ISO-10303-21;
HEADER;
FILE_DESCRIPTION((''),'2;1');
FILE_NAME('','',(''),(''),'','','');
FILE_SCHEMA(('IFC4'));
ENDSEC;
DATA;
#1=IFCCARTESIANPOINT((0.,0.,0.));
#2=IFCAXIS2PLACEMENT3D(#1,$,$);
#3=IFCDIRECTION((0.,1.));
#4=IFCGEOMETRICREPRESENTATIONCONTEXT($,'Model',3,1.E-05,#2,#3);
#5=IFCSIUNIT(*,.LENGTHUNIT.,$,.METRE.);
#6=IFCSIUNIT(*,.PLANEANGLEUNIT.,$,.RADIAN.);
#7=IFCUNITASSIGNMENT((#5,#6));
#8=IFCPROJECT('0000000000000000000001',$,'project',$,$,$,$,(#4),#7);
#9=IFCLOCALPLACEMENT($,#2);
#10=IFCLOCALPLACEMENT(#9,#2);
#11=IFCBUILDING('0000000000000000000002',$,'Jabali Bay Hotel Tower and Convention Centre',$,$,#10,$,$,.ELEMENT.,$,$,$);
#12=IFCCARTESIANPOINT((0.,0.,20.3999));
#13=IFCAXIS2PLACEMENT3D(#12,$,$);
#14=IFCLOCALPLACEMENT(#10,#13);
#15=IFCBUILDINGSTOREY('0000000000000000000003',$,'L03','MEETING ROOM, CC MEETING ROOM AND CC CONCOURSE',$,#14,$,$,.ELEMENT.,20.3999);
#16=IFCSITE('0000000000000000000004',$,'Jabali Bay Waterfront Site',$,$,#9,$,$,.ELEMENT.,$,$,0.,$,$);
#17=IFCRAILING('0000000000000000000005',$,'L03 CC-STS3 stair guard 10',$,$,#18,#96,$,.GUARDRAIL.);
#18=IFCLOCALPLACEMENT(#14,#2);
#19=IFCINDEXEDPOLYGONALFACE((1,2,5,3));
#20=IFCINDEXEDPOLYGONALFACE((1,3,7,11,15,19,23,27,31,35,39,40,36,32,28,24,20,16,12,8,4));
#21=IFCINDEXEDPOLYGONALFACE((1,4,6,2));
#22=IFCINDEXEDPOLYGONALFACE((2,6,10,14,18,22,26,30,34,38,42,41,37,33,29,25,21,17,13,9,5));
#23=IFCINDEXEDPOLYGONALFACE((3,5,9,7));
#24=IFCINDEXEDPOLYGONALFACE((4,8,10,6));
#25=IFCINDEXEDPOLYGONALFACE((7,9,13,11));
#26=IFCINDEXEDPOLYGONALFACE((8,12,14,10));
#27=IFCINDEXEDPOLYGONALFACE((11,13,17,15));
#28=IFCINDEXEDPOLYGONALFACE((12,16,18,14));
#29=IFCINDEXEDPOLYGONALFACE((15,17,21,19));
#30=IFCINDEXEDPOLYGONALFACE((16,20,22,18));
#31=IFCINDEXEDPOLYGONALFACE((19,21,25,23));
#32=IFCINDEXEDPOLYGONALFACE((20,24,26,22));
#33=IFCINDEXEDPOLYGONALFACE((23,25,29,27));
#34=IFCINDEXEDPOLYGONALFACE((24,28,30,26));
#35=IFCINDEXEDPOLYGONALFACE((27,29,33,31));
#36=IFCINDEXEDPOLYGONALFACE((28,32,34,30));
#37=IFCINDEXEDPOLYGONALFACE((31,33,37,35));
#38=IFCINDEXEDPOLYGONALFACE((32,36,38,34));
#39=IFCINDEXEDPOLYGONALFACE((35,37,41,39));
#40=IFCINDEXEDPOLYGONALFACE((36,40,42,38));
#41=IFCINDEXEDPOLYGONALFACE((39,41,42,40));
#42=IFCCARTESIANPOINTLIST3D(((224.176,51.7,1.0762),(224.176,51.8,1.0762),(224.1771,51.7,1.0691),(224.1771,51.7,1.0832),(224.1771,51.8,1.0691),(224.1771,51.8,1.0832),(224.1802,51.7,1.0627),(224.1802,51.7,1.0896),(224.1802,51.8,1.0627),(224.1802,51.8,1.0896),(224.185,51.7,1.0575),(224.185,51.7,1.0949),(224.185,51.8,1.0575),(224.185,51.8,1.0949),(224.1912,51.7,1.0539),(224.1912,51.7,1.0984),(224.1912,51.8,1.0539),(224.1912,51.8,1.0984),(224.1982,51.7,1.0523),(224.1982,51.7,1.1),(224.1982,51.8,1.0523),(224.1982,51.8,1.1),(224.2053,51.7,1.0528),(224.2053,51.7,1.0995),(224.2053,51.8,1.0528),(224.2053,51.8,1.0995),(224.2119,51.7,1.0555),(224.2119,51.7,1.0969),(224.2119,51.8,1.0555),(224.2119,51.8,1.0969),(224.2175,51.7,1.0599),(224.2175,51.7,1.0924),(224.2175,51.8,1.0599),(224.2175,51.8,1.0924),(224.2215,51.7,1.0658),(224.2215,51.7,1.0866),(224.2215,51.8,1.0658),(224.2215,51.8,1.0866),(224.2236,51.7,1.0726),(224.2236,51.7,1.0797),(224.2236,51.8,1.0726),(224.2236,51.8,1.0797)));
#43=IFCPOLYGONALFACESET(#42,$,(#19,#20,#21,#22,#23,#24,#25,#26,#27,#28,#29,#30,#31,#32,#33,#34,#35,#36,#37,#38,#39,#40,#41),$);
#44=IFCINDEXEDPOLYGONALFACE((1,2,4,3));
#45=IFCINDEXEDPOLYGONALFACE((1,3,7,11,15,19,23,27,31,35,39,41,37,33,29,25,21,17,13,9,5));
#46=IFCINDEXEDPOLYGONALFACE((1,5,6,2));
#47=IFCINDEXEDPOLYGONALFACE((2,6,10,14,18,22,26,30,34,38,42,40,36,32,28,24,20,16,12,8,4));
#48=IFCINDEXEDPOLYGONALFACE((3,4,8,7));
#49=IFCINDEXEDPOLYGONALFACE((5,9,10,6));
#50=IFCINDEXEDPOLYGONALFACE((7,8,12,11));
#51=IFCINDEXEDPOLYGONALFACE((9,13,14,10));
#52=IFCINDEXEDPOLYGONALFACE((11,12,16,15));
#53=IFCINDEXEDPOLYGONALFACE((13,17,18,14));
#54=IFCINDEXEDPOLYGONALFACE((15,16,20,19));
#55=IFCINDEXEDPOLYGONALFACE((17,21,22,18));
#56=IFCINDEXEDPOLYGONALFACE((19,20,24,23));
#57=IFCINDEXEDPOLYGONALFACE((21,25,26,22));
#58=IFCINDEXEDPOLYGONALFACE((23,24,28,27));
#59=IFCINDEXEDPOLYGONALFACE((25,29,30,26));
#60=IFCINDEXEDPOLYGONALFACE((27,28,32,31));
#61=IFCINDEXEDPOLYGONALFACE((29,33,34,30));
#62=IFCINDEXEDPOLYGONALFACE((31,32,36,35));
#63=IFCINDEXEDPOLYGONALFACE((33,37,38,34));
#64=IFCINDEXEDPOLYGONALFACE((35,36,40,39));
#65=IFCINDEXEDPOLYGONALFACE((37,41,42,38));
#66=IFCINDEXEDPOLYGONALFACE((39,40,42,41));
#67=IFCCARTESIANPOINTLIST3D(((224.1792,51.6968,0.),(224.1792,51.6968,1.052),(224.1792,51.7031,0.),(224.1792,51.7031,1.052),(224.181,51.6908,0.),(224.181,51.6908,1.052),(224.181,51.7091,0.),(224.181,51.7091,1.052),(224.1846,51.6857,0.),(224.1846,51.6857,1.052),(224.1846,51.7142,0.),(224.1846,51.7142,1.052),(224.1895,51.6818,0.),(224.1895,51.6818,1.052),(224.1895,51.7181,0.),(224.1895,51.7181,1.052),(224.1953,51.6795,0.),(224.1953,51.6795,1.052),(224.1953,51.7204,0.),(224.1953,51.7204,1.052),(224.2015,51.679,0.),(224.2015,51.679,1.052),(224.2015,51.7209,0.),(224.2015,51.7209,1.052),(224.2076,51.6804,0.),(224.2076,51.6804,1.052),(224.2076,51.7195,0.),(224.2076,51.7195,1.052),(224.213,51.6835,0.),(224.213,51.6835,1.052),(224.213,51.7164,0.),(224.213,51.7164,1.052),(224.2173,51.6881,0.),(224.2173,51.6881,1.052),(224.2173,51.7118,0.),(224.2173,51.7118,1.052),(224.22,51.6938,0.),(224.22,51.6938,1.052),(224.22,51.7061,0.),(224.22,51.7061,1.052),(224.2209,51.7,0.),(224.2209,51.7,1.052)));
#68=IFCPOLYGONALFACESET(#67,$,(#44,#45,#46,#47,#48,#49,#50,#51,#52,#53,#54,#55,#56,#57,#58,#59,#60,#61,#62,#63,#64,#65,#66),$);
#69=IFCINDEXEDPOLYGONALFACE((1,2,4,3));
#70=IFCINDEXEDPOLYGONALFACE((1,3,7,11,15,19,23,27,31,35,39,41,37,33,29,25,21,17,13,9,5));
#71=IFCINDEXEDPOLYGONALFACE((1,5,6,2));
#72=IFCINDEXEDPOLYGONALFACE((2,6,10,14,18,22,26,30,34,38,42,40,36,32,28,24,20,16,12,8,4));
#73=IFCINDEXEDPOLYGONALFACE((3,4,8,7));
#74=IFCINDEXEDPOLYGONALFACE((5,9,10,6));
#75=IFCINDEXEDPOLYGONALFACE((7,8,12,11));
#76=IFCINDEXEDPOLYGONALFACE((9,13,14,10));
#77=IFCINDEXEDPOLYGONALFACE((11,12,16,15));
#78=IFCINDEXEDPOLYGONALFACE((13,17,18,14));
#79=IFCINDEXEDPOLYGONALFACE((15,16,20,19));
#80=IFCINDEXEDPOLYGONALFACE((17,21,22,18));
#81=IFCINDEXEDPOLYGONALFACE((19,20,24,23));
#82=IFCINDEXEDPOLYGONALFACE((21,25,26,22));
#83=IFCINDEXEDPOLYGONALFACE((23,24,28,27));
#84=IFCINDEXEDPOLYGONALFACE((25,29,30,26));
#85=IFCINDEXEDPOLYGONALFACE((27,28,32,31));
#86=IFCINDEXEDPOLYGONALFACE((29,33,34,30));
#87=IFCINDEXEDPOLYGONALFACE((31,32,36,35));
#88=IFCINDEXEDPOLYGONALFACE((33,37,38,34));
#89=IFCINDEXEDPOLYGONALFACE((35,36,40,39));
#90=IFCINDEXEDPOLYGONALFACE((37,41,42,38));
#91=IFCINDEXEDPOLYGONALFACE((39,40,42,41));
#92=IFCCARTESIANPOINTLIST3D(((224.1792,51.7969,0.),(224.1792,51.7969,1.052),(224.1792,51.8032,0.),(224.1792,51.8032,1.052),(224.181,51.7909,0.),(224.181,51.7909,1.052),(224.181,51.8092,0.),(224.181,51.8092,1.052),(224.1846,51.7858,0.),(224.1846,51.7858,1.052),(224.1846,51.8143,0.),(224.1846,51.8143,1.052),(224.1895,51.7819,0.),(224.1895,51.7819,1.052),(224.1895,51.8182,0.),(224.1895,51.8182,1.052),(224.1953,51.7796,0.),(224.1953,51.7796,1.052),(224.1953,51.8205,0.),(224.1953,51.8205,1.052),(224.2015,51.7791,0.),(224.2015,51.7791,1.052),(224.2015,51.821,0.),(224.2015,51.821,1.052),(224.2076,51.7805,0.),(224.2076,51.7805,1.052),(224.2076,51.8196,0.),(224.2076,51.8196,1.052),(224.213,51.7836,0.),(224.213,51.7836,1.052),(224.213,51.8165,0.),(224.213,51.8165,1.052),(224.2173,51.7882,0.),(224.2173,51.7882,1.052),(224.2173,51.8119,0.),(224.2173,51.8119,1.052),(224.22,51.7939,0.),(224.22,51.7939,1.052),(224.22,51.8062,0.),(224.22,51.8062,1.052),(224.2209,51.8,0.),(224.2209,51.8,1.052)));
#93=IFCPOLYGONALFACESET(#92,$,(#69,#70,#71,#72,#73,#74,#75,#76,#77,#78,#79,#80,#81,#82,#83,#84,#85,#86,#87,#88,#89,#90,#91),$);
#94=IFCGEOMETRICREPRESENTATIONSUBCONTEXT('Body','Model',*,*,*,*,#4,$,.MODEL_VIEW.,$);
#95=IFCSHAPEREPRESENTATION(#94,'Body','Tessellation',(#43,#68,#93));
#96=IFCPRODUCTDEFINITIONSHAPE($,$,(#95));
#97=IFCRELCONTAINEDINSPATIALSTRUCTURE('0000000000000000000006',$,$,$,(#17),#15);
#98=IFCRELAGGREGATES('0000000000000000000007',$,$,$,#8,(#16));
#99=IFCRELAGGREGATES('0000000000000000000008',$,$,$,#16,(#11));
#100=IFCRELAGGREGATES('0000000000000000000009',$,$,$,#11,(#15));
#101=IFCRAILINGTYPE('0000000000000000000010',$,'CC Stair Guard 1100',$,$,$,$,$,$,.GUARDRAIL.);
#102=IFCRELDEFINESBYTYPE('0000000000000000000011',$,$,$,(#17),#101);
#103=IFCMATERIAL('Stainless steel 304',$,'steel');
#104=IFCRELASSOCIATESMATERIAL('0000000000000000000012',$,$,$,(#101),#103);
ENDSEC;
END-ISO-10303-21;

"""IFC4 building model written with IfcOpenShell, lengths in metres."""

from ifc_helpers import new_model, si_unit, direction, frame, origin, origin_2d, place, context, subcontext, project, spatial, circle, extrude, material, type_object, element, save


model = new_model("IFC4")

# Units and contexts
model_context = context("Model", 3, precision=1e-05, world=origin(), true_north=direction((0.0, 1.0)))
body_context = subcontext(model_context, "Body", "Model", "MODEL_VIEW")
ifc_project = project(units=[si_unit("LENGTHUNIT", "METRE"), si_unit("PLANEANGLEUNIT", "RADIAN")], contexts=[model_context])

# Site, building, storey
site_placement = place(None, origin())
site = spatial("IfcSite", under=ifc_project, at=site_placement, Name="Jabali Bay Waterfront Site", CompositionType="ELEMENT", RefElevation=0.0)
building_placement = place(site_placement, origin())
building = spatial("IfcBuilding", under=site, at=building_placement, Name="Jabali Bay Hotel Tower and Convention Centre", CompositionType="ELEMENT")
storey_placement = place(building_placement, frame((0.0, 0.0, 20.3999)))
storey = spatial("IfcBuildingStorey", under=building, at=storey_placement, Name="L03", Description="MEETING ROOM, CC MEETING ROOM AND CC CONCOURSE", CompositionType="ELEMENT", Elevation=20.3999)

# Railing
ifc_material_1 = material(Name="Stainless steel 304", Category="steel")
railing_type_1 = type_object("IfcRailingType", Name="CC Stair Guard 1100", PredefinedType="GUARDRAIL", material=ifc_material_1)
railing_1_placement = place(storey_placement, frame((224.2, 51.7, 0.0)))
element("IfcRailing", 1, at=railing_1_placement, inside=storey, type_object=railing_type_1, Name="L03 CC-STS3 stair guard 10", PredefinedType="GUARDRAIL", context=body_context, shape_type="SweptSolid", body=[
    extrude(circle(Radius=0.0239, at=origin_2d()), frame((0.0, 0.0, 1.0762), z_axis=(0.0, 1.0, 0.0), x_axis=(-1.0, 0.0, 0.0)), (0.0, 0.0, 1.0), 0.1001),
    extrude(circle(Radius=0.021, at=origin_2d()), origin(), (0.0, 0.0, 1.0), 1.052),
    extrude(circle(Radius=0.021, at=origin_2d()), frame((0.0, 0.1001, 0.0)), (0.0, 0.0, 1.0), 1.052),
])

save(model, "model.ifc")
